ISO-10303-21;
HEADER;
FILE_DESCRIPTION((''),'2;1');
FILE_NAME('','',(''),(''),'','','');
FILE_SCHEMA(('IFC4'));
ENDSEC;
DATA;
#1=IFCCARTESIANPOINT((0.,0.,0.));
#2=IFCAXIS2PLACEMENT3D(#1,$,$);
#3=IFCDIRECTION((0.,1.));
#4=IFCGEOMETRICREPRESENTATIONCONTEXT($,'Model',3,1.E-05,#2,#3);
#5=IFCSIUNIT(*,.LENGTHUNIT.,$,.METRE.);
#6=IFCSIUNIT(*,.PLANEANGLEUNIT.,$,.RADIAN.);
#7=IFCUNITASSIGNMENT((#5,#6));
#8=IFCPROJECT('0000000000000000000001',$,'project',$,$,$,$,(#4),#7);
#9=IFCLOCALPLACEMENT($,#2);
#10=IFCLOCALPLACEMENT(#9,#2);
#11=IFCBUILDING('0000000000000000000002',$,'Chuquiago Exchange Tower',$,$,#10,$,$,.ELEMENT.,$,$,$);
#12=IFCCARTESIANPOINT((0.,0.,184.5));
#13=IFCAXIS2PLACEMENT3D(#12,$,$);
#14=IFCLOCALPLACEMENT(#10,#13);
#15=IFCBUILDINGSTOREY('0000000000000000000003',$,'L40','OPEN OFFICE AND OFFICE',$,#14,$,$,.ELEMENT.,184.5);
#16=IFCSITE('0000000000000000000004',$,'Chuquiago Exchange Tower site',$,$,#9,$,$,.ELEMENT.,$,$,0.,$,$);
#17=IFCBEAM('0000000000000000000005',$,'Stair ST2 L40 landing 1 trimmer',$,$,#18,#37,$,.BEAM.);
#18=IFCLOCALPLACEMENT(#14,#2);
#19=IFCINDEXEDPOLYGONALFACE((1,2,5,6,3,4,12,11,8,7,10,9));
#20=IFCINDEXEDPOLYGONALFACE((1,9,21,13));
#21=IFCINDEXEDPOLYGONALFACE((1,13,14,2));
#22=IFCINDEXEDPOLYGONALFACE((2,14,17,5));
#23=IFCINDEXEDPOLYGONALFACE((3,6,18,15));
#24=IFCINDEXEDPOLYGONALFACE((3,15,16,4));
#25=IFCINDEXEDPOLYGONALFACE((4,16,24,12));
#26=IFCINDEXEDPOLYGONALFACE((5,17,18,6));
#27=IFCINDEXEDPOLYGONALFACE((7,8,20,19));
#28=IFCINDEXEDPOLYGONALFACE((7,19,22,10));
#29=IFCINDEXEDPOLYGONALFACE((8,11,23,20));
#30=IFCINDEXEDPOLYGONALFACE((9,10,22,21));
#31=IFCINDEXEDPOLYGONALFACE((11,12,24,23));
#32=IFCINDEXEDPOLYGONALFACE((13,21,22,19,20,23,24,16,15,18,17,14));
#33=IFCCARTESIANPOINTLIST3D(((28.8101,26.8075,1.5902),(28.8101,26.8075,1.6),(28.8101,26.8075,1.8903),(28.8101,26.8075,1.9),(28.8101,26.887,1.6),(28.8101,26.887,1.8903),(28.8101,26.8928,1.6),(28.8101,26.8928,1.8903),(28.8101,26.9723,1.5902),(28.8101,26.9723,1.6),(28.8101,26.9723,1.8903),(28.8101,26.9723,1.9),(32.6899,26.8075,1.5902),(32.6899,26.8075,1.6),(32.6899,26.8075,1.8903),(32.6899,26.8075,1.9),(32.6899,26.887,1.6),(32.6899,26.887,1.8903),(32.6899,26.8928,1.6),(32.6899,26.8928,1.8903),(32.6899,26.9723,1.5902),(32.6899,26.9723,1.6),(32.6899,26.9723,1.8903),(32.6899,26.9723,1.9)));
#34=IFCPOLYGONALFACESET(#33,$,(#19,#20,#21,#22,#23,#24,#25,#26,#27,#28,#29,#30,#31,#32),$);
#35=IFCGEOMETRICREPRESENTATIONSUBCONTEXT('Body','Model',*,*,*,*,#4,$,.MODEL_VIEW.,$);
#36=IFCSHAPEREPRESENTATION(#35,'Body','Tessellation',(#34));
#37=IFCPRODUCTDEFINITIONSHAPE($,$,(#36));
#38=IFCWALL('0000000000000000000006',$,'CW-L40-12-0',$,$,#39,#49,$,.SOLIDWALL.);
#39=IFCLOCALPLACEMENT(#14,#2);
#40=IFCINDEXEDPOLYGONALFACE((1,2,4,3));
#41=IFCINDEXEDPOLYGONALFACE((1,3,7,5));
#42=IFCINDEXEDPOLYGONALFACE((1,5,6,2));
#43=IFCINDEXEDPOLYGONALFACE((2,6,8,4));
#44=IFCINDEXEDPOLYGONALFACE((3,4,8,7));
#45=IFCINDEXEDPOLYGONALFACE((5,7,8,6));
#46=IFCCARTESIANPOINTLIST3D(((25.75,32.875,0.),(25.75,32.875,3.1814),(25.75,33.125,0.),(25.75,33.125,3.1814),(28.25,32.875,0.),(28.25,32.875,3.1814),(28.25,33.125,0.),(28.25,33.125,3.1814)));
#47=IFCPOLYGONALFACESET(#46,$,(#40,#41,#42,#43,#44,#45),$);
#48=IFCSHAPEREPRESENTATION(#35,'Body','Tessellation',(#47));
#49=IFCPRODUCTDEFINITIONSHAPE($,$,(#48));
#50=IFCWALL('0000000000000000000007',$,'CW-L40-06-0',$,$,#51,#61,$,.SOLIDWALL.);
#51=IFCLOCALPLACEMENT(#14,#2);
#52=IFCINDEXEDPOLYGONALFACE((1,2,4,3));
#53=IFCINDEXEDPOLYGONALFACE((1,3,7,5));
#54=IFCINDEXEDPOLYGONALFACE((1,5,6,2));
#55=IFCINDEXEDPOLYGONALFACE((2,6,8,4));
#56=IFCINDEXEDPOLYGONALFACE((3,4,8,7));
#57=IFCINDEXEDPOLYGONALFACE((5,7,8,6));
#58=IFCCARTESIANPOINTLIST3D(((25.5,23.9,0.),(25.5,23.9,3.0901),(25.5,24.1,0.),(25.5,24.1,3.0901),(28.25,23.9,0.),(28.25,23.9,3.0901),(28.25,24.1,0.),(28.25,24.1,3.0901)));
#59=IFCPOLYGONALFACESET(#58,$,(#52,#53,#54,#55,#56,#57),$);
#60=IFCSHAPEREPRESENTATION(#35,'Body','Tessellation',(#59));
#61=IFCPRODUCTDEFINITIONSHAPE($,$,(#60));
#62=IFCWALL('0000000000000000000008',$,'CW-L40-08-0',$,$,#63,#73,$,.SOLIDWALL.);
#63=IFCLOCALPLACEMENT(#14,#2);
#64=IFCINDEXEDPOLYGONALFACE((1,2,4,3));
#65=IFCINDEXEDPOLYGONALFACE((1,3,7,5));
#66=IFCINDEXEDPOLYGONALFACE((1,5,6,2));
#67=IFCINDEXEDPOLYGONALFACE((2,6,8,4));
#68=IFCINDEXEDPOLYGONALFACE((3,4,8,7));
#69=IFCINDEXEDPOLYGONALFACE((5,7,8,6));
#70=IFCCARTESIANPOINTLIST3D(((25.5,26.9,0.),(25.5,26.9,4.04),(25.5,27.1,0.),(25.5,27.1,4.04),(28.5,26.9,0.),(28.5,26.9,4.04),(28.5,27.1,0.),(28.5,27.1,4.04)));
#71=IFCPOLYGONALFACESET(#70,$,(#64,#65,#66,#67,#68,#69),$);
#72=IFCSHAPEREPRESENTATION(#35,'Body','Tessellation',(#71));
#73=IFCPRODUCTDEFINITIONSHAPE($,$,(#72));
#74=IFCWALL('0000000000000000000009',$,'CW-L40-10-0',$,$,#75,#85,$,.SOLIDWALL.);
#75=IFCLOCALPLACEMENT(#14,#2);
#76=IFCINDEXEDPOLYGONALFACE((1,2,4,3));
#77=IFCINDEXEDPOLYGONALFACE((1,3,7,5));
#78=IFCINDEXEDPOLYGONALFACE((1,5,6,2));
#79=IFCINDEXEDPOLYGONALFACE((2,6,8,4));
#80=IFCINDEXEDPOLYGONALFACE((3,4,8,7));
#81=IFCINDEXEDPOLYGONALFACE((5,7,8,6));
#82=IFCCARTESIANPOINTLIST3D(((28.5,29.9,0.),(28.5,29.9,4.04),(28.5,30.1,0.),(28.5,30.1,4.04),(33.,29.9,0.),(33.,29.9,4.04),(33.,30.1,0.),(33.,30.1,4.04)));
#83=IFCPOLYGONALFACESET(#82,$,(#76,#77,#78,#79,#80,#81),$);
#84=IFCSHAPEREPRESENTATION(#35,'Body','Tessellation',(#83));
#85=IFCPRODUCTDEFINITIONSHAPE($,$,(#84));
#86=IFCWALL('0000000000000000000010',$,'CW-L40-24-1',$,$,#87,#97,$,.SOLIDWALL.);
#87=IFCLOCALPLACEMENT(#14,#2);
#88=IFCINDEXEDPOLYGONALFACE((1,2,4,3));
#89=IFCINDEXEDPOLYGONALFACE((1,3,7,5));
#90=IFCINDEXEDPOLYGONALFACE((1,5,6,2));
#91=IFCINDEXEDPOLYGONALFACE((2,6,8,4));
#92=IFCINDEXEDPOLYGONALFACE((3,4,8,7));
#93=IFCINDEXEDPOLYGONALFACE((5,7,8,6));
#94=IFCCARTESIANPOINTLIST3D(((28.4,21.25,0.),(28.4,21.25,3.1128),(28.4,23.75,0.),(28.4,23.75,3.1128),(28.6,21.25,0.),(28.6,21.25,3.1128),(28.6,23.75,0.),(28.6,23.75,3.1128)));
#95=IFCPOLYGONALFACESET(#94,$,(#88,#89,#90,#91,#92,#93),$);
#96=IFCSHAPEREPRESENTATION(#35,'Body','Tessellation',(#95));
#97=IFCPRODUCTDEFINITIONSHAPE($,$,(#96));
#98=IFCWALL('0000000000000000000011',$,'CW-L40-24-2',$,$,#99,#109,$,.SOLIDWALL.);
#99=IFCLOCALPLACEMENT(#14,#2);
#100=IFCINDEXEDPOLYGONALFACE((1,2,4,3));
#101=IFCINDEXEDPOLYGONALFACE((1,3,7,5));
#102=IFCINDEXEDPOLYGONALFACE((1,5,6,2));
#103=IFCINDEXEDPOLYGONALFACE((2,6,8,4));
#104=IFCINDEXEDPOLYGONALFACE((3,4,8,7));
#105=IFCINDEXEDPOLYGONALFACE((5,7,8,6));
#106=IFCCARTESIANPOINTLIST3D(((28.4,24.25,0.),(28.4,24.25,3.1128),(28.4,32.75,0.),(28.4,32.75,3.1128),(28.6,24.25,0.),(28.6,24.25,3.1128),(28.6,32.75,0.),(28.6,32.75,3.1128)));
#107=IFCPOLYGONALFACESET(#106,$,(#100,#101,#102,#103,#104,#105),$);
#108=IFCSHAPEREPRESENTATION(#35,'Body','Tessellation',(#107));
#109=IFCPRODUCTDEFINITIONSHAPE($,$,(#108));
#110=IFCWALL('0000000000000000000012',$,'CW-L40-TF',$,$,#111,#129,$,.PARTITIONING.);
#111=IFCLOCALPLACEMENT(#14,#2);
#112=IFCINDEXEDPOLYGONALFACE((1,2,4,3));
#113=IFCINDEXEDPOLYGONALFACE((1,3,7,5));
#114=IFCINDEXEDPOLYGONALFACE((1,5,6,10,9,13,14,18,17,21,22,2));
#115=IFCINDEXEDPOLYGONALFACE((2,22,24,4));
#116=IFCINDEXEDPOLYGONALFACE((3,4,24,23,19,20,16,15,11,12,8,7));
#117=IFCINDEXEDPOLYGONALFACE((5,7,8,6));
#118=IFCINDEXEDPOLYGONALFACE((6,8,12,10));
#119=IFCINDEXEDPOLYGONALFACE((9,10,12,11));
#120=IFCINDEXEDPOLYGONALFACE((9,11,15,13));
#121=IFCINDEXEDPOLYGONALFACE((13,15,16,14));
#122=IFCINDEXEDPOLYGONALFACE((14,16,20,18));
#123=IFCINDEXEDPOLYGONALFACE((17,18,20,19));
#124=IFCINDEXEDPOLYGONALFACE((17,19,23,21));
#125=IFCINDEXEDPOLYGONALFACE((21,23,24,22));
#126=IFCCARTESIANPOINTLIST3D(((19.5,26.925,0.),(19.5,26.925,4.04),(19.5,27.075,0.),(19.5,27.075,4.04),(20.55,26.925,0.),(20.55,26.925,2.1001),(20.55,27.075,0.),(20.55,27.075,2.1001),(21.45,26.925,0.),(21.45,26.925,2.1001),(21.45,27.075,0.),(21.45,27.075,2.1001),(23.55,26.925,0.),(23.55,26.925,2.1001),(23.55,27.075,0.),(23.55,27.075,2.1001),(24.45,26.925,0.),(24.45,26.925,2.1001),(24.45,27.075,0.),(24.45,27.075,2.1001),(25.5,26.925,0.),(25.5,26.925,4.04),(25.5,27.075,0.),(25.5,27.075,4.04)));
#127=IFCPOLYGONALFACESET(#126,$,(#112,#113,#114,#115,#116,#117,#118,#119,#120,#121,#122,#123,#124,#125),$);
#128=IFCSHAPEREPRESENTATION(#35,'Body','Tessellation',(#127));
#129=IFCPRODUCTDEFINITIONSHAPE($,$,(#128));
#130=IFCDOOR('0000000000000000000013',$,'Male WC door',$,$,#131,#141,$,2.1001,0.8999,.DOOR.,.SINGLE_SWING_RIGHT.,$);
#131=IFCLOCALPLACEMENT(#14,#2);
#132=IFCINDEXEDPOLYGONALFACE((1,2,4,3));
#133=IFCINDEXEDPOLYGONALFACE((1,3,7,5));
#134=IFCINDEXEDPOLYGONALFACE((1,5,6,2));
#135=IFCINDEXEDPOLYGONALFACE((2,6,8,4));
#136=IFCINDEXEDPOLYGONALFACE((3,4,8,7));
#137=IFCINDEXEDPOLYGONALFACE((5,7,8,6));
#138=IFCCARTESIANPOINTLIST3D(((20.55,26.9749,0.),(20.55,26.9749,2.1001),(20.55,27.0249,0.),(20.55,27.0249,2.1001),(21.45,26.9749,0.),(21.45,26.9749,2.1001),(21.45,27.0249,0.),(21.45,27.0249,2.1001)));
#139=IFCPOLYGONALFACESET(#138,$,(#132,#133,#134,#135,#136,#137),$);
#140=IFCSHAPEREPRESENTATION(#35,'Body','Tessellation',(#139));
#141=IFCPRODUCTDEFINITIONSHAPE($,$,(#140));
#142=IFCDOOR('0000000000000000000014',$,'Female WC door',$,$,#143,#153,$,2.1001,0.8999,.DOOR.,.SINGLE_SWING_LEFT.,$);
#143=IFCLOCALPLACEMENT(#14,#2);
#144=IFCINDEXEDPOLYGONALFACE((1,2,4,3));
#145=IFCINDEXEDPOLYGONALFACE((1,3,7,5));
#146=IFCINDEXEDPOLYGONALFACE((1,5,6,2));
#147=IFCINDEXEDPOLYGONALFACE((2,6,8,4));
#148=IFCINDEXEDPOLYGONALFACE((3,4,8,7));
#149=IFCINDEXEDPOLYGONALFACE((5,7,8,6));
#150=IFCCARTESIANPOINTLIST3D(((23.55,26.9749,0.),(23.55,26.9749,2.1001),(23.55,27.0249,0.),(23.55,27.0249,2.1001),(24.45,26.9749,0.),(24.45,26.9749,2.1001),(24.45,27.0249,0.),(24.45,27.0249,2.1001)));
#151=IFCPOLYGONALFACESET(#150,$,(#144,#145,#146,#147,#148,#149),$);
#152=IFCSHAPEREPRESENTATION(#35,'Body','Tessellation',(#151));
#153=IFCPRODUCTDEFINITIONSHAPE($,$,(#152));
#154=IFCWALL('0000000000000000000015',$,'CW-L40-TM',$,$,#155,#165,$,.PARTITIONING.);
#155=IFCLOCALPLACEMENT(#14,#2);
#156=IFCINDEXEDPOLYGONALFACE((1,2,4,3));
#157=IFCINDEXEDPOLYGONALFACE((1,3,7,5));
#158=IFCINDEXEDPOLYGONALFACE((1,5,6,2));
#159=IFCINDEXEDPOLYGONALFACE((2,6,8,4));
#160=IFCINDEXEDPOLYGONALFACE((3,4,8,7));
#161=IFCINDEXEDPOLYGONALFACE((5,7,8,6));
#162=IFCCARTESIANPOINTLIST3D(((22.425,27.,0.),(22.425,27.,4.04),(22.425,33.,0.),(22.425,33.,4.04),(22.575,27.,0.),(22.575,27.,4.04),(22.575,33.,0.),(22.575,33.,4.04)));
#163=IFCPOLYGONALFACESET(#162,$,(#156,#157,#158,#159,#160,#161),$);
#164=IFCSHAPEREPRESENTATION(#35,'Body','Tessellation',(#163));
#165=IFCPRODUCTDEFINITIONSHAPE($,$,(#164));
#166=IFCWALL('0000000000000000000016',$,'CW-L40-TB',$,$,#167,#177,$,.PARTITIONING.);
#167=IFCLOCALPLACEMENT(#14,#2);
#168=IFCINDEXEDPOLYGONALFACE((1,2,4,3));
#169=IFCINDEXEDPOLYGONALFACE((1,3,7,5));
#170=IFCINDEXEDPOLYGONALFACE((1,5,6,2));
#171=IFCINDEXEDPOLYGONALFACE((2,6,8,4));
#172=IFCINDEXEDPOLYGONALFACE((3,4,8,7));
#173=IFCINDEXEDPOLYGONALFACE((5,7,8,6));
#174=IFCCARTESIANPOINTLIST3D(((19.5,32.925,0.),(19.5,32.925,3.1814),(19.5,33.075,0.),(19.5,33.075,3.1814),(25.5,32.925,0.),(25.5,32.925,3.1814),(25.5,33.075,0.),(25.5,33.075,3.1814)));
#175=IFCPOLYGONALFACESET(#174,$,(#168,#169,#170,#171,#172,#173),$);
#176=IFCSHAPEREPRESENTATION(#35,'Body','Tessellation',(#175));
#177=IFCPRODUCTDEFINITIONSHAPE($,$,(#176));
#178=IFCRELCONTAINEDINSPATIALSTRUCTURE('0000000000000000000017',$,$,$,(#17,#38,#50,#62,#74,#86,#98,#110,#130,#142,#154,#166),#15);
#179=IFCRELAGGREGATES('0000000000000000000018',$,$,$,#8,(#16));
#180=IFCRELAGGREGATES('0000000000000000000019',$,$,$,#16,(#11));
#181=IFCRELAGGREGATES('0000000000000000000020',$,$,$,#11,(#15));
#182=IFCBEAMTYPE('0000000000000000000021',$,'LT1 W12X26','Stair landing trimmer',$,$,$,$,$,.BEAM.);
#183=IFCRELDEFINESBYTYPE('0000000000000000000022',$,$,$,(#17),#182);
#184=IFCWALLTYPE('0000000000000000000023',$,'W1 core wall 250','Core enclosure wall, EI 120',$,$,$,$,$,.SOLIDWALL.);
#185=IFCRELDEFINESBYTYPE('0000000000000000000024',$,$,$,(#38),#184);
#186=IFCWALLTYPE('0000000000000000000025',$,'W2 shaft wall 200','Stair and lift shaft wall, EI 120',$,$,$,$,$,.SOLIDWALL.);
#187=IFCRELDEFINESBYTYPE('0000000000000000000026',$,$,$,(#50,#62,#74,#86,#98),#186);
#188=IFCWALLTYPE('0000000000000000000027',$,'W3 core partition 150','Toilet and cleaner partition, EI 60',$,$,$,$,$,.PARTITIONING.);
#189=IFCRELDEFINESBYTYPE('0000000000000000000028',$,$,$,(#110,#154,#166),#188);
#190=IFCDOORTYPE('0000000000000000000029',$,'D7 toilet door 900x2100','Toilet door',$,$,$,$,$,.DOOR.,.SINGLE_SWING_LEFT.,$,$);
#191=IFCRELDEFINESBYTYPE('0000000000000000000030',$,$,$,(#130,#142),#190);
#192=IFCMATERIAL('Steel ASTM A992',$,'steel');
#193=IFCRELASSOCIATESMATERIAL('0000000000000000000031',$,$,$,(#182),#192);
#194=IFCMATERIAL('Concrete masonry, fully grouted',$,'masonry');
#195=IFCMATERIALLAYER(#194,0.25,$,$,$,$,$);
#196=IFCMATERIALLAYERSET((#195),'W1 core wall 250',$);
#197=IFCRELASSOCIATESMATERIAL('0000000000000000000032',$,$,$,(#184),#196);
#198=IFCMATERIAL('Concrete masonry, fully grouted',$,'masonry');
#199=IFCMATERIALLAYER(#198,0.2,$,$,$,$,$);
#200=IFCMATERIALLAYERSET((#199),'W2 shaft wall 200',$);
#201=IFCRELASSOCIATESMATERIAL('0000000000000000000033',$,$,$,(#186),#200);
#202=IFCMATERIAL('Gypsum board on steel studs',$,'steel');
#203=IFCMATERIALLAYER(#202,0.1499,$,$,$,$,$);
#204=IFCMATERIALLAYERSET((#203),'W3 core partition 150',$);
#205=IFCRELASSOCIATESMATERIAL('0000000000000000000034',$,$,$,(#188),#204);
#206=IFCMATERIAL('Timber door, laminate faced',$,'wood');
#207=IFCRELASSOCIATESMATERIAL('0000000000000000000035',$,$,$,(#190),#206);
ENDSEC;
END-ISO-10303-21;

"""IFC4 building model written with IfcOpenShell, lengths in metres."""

from ifc_helpers import new_model, si_unit, direction, frame, frame_2d, origin, origin_2d, place, context, subcontext, project, spatial, rectangle, i_section, extrude, material, layer, layer_set, material_profile, profile_set, type_object, element, fill, save


model = new_model("IFC4")

# Units and contexts
model_context = context("Model", 3, precision=1e-05, world=origin(), true_north=direction((0.0, 1.0)))
body_context = subcontext(model_context, "Body", "Model", "MODEL_VIEW")
ifc_project = project(units=[si_unit("LENGTHUNIT", "METRE"), si_unit("PLANEANGLEUNIT", "RADIAN")], contexts=[model_context])

# Site, building, storey
site_placement = place(None, origin())
site = spatial("IfcSite", under=ifc_project, at=site_placement, Name="Chuquiago Exchange Tower site", CompositionType="ELEMENT", RefElevation=0.0)
building_placement = place(site_placement, origin())
building = spatial("IfcBuilding", under=site, at=building_placement, Name="Chuquiago Exchange Tower", CompositionType="ELEMENT")
storey_placement = place(building_placement, frame((0.0, 0.0, 184.5)))
storey = spatial("IfcBuildingStorey", under=building, at=storey_placement, Name="L40", Description="OPEN OFFICE AND OFFICE", CompositionType="ELEMENT", Elevation=184.5)

# Beam
ifc_material_1 = material(Name="Steel ASTM A992", Category="steel")
ifc_material_profile_1 = material_profile(ifc_material_1, i_section(OverallWidth=0.1648, OverallDepth=0.3098, WebThickness=0.0059, FlangeThickness=0.0098, at=origin_2d()), Name="W12X26")
ifc_profile_set_1 = profile_set([ifc_material_profile_1], Name="Steel ASTM A992")
beam_type_1 = type_object("IfcBeamType", Name="LT1 W12X26", Description="Stair landing trimmer", PredefinedType="BEAM", material=ifc_profile_set_1)
for number, where, z_axis, x_axis, name in (
    (1, (28.8101, 26.8899, 1.7451), (1.0, 0.0, 0.0), (0.0, 1.0, 0.0), "Stair ST2 L40 landing 1 trimmer"),
):
    element("IfcBeam", number, at=place(storey_placement, frame(where, z_axis=z_axis, x_axis=x_axis)), inside=storey, type_object=beam_type_1, Name=name, PredefinedType="BEAM", context=body_context, shape_type="SweptSolid", body=[
        extrude(i_section(OverallWidth=0.1648, OverallDepth=0.3098, WebThickness=0.0059, FlangeThickness=0.0098, at=origin_2d()), origin(), (0.0, 0.0, 1.0), 3.8799),
    ])

# Walls
ifc_material_2 = material(Name="Concrete masonry, fully grouted", Category="masonry")
ifc_layer_1 = layer(ifc_material_2, 0.25)
ifc_layer_set_1 = layer_set([ifc_layer_1], Name="W1 core wall 250")
wall_type_1 = type_object("IfcWallType", Name="W1 core wall 250", Description="Core enclosure wall, EI 120", PredefinedType="SOLIDWALL", material=ifc_layer_set_1)
wall_1_placement = place(storey_placement, frame((25.75, 33.0, 0.0), z_axis=(0.0, 0.0, 1.0), x_axis=(1.0, 0.0, 0.0)))
element("IfcWall", 2, at=wall_1_placement, inside=storey, type_object=wall_type_1, Name="CW-L40-12-0", PredefinedType="SOLIDWALL", context=body_context, shape_type="SweptSolid", body=[
    extrude(rectangle(XDim=2.5, YDim=0.25, at=frame_2d((1.25, 0.0))), origin(), (0.0, 0.0, 1.0), 3.1814),
])
ifc_material_3 = material(Name="Concrete masonry, fully grouted", Category="masonry")
ifc_layer_2 = layer(ifc_material_3, 0.2)
ifc_layer_set_2 = layer_set([ifc_layer_2], Name="W2 shaft wall 200")
wall_type_2 = type_object("IfcWallType", Name="W2 shaft wall 200", Description="Stair and lift shaft wall, EI 120", PredefinedType="SOLIDWALL", material=ifc_layer_set_2)
wall_2_placement = place(storey_placement, frame((25.5, 24.0, 0.0), z_axis=(0.0, 0.0, 1.0), x_axis=(1.0, 0.0, 0.0)))
element("IfcWall", 3, at=wall_2_placement, inside=storey, type_object=wall_type_2, Name="CW-L40-06-0", PredefinedType="SOLIDWALL", context=body_context, shape_type="SweptSolid", body=[
    extrude(rectangle(XDim=2.75, YDim=0.2, at=frame_2d((1.375, 0.0))), origin(), (0.0, 0.0, 1.0), 3.0901),
])
wall_3_placement = place(storey_placement, frame((25.5, 27.0, 0.0), z_axis=(0.0, 0.0, 1.0), x_axis=(1.0, 0.0, 0.0)))
element("IfcWall", 4, at=wall_3_placement, inside=storey, type_object=wall_type_2, Name="CW-L40-08-0", PredefinedType="SOLIDWALL", context=body_context, shape_type="SweptSolid", body=[
    extrude(rectangle(XDim=3.0, YDim=0.2, at=frame_2d((1.5, 0.0))), origin(), (0.0, 0.0, 1.0), 4.04),
])
wall_4_placement = place(storey_placement, frame((28.5, 30.0, 0.0), z_axis=(0.0, 0.0, 1.0), x_axis=(1.0, 0.0, 0.0)))
element("IfcWall", 5, at=wall_4_placement, inside=storey, type_object=wall_type_2, Name="CW-L40-10-0", PredefinedType="SOLIDWALL", context=body_context, shape_type="SweptSolid", body=[
    extrude(rectangle(XDim=4.5, YDim=0.2, at=frame_2d((2.25, 0.0))), origin(), (0.0, 0.0, 1.0), 4.04),
])
wall_5_placement = place(storey_placement, frame((28.5, 21.25, 0.0), z_axis=(0.0, 0.0, 1.0), x_axis=(0.0, 1.0, 0.0)))
element("IfcWall", 6, at=wall_5_placement, inside=storey, type_object=wall_type_2, Name="CW-L40-24-1", PredefinedType="SOLIDWALL", context=body_context, shape_type="SweptSolid", body=[
    extrude(rectangle(XDim=2.5, YDim=0.2, at=frame_2d((1.25, 0.0))), origin(), (0.0, 0.0, 1.0), 3.1128),
])
wall_6_placement = place(storey_placement, frame((28.5, 24.25, 0.0), z_axis=(0.0, 0.0, 1.0), x_axis=(0.0, 1.0, 0.0)))
element("IfcWall", 7, at=wall_6_placement, inside=storey, type_object=wall_type_2, Name="CW-L40-24-2", PredefinedType="SOLIDWALL", context=body_context, shape_type="SweptSolid", body=[
    extrude(rectangle(XDim=8.5, YDim=0.2, at=frame_2d((4.25, 0.0))), origin(), (0.0, 0.0, 1.0), 3.1128),
])

# Wall, openings, doors
ifc_material_4 = material(Name="Gypsum board on steel studs", Category="steel")
ifc_layer_3 = layer(ifc_material_4, 0.1499)
ifc_layer_set_3 = layer_set([ifc_layer_3], Name="W3 core partition 150")
wall_type_3 = type_object("IfcWallType", Name="W3 core partition 150", Description="Toilet and cleaner partition, EI 60", PredefinedType="PARTITIONING", material=ifc_layer_set_3)
wall_7_placement = place(storey_placement, frame((19.5, 27.0, 0.0), z_axis=(0.0, 0.0, 1.0), x_axis=(1.0, 0.0, 0.0)))
wall_7 = element("IfcWall", 8, at=wall_7_placement, inside=storey, type_object=wall_type_3, Name="CW-L40-TF", PredefinedType="PARTITIONING", context=body_context, shape_type="SweptSolid", body=[
    extrude(rectangle(XDim=6.0, YDim=0.1499, at=frame_2d((3.0, 0.0))), origin(), (0.0, 0.0, 1.0), 4.04),
])
opening_1_placement = place(wall_7_placement, frame((1.05, 0.0, 0.0)))
opening_1 = element("IfcOpeningElement", 9, at=opening_1_placement, cuts=wall_7, PredefinedType="OPENING", context=body_context, shape_type="SweptSolid", body=[
    extrude(rectangle(XDim=0.8999, YDim=2.1001, at=frame_2d((0.45, 1.05))), frame((0.0, 0.085, 0.0), z_axis=(0.0, -1.0, 0.0), x_axis=(1.0, 0.0, 0.0)), (0.0, 0.0, 1.0), 0.1699),
])
opening_2_placement = place(wall_7_placement, frame((4.05, 0.0, 0.0)))
opening_2 = element("IfcOpeningElement", 10, at=opening_2_placement, cuts=wall_7, PredefinedType="OPENING", context=body_context, shape_type="SweptSolid", body=[
    extrude(rectangle(XDim=0.8999, YDim=2.1001, at=frame_2d((0.45, 1.05))), frame((0.0, 0.085, 0.0), z_axis=(0.0, -1.0, 0.0), x_axis=(1.0, 0.0, 0.0)), (0.0, 0.0, 1.0), 0.1699),
])
ifc_material_5 = material(Name="Timber door, laminate faced", Category="wood")
door_type = type_object("IfcDoorType", Name="D7 toilet door 900x2100", Description="Toilet door", OperationType="SINGLE_SWING_LEFT", PredefinedType="DOOR", material=ifc_material_5)
door_1_placement = place(opening_1_placement, origin())
door_1 = element("IfcDoor", 11, at=door_1_placement, inside=storey, type_object=door_type, Name="Male WC door", OperationType="SINGLE_SWING_RIGHT", OverallHeight=2.1001, OverallWidth=0.8999, PredefinedType="DOOR", context=body_context, shape_type="SweptSolid", body=[
    extrude(rectangle(XDim=0.8999, YDim=2.1001, at=frame_2d((0.45, 1.05))), frame((0.0, 0.0249, 0.0), z_axis=(0.0, -1.0, 0.0), x_axis=(1.0, 0.0, 0.0)), (0.0, 0.0, 1.0), 0.05),
])
fill(opening_1, door_1)
door_2_placement = place(opening_2_placement, origin())
door_2 = element("IfcDoor", 12, at=door_2_placement, inside=storey, type_object=door_type, Name="Female WC door", OperationType="SINGLE_SWING_LEFT", OverallHeight=2.1001, OverallWidth=0.8999, PredefinedType="DOOR", context=body_context, shape_type="SweptSolid", body=[
    extrude(rectangle(XDim=0.8999, YDim=2.1001, at=frame_2d((0.45, 1.05))), frame((0.0, 0.0249, 0.0), z_axis=(0.0, -1.0, 0.0), x_axis=(1.0, 0.0, 0.0)), (0.0, 0.0, 1.0), 0.05),
])
fill(opening_2, door_2)

# Walls
wall_8_placement = place(storey_placement, frame((22.5, 27.0, 0.0), z_axis=(0.0, 0.0, 1.0), x_axis=(0.0, 1.0, 0.0)))
element("IfcWall", 13, at=wall_8_placement, inside=storey, type_object=wall_type_3, Name="CW-L40-TM", PredefinedType="PARTITIONING", context=body_context, shape_type="SweptSolid", body=[
    extrude(rectangle(XDim=6.0, YDim=0.1499, at=frame_2d((3.0, 0.0))), origin(), (0.0, 0.0, 1.0), 4.04),
])
wall_9_placement = place(storey_placement, frame((19.5, 33.0, 0.0), z_axis=(0.0, 0.0, 1.0), x_axis=(1.0, 0.0, 0.0)))
element("IfcWall", 14, at=wall_9_placement, inside=storey, type_object=wall_type_3, Name="CW-L40-TB", PredefinedType="PARTITIONING", context=body_context, shape_type="SweptSolid", body=[
    extrude(rectangle(XDim=6.0, YDim=0.1499, at=frame_2d((3.0, 0.0))), origin(), (0.0, 0.0, 1.0), 3.1814),
])

save(model, "model.ifc")
